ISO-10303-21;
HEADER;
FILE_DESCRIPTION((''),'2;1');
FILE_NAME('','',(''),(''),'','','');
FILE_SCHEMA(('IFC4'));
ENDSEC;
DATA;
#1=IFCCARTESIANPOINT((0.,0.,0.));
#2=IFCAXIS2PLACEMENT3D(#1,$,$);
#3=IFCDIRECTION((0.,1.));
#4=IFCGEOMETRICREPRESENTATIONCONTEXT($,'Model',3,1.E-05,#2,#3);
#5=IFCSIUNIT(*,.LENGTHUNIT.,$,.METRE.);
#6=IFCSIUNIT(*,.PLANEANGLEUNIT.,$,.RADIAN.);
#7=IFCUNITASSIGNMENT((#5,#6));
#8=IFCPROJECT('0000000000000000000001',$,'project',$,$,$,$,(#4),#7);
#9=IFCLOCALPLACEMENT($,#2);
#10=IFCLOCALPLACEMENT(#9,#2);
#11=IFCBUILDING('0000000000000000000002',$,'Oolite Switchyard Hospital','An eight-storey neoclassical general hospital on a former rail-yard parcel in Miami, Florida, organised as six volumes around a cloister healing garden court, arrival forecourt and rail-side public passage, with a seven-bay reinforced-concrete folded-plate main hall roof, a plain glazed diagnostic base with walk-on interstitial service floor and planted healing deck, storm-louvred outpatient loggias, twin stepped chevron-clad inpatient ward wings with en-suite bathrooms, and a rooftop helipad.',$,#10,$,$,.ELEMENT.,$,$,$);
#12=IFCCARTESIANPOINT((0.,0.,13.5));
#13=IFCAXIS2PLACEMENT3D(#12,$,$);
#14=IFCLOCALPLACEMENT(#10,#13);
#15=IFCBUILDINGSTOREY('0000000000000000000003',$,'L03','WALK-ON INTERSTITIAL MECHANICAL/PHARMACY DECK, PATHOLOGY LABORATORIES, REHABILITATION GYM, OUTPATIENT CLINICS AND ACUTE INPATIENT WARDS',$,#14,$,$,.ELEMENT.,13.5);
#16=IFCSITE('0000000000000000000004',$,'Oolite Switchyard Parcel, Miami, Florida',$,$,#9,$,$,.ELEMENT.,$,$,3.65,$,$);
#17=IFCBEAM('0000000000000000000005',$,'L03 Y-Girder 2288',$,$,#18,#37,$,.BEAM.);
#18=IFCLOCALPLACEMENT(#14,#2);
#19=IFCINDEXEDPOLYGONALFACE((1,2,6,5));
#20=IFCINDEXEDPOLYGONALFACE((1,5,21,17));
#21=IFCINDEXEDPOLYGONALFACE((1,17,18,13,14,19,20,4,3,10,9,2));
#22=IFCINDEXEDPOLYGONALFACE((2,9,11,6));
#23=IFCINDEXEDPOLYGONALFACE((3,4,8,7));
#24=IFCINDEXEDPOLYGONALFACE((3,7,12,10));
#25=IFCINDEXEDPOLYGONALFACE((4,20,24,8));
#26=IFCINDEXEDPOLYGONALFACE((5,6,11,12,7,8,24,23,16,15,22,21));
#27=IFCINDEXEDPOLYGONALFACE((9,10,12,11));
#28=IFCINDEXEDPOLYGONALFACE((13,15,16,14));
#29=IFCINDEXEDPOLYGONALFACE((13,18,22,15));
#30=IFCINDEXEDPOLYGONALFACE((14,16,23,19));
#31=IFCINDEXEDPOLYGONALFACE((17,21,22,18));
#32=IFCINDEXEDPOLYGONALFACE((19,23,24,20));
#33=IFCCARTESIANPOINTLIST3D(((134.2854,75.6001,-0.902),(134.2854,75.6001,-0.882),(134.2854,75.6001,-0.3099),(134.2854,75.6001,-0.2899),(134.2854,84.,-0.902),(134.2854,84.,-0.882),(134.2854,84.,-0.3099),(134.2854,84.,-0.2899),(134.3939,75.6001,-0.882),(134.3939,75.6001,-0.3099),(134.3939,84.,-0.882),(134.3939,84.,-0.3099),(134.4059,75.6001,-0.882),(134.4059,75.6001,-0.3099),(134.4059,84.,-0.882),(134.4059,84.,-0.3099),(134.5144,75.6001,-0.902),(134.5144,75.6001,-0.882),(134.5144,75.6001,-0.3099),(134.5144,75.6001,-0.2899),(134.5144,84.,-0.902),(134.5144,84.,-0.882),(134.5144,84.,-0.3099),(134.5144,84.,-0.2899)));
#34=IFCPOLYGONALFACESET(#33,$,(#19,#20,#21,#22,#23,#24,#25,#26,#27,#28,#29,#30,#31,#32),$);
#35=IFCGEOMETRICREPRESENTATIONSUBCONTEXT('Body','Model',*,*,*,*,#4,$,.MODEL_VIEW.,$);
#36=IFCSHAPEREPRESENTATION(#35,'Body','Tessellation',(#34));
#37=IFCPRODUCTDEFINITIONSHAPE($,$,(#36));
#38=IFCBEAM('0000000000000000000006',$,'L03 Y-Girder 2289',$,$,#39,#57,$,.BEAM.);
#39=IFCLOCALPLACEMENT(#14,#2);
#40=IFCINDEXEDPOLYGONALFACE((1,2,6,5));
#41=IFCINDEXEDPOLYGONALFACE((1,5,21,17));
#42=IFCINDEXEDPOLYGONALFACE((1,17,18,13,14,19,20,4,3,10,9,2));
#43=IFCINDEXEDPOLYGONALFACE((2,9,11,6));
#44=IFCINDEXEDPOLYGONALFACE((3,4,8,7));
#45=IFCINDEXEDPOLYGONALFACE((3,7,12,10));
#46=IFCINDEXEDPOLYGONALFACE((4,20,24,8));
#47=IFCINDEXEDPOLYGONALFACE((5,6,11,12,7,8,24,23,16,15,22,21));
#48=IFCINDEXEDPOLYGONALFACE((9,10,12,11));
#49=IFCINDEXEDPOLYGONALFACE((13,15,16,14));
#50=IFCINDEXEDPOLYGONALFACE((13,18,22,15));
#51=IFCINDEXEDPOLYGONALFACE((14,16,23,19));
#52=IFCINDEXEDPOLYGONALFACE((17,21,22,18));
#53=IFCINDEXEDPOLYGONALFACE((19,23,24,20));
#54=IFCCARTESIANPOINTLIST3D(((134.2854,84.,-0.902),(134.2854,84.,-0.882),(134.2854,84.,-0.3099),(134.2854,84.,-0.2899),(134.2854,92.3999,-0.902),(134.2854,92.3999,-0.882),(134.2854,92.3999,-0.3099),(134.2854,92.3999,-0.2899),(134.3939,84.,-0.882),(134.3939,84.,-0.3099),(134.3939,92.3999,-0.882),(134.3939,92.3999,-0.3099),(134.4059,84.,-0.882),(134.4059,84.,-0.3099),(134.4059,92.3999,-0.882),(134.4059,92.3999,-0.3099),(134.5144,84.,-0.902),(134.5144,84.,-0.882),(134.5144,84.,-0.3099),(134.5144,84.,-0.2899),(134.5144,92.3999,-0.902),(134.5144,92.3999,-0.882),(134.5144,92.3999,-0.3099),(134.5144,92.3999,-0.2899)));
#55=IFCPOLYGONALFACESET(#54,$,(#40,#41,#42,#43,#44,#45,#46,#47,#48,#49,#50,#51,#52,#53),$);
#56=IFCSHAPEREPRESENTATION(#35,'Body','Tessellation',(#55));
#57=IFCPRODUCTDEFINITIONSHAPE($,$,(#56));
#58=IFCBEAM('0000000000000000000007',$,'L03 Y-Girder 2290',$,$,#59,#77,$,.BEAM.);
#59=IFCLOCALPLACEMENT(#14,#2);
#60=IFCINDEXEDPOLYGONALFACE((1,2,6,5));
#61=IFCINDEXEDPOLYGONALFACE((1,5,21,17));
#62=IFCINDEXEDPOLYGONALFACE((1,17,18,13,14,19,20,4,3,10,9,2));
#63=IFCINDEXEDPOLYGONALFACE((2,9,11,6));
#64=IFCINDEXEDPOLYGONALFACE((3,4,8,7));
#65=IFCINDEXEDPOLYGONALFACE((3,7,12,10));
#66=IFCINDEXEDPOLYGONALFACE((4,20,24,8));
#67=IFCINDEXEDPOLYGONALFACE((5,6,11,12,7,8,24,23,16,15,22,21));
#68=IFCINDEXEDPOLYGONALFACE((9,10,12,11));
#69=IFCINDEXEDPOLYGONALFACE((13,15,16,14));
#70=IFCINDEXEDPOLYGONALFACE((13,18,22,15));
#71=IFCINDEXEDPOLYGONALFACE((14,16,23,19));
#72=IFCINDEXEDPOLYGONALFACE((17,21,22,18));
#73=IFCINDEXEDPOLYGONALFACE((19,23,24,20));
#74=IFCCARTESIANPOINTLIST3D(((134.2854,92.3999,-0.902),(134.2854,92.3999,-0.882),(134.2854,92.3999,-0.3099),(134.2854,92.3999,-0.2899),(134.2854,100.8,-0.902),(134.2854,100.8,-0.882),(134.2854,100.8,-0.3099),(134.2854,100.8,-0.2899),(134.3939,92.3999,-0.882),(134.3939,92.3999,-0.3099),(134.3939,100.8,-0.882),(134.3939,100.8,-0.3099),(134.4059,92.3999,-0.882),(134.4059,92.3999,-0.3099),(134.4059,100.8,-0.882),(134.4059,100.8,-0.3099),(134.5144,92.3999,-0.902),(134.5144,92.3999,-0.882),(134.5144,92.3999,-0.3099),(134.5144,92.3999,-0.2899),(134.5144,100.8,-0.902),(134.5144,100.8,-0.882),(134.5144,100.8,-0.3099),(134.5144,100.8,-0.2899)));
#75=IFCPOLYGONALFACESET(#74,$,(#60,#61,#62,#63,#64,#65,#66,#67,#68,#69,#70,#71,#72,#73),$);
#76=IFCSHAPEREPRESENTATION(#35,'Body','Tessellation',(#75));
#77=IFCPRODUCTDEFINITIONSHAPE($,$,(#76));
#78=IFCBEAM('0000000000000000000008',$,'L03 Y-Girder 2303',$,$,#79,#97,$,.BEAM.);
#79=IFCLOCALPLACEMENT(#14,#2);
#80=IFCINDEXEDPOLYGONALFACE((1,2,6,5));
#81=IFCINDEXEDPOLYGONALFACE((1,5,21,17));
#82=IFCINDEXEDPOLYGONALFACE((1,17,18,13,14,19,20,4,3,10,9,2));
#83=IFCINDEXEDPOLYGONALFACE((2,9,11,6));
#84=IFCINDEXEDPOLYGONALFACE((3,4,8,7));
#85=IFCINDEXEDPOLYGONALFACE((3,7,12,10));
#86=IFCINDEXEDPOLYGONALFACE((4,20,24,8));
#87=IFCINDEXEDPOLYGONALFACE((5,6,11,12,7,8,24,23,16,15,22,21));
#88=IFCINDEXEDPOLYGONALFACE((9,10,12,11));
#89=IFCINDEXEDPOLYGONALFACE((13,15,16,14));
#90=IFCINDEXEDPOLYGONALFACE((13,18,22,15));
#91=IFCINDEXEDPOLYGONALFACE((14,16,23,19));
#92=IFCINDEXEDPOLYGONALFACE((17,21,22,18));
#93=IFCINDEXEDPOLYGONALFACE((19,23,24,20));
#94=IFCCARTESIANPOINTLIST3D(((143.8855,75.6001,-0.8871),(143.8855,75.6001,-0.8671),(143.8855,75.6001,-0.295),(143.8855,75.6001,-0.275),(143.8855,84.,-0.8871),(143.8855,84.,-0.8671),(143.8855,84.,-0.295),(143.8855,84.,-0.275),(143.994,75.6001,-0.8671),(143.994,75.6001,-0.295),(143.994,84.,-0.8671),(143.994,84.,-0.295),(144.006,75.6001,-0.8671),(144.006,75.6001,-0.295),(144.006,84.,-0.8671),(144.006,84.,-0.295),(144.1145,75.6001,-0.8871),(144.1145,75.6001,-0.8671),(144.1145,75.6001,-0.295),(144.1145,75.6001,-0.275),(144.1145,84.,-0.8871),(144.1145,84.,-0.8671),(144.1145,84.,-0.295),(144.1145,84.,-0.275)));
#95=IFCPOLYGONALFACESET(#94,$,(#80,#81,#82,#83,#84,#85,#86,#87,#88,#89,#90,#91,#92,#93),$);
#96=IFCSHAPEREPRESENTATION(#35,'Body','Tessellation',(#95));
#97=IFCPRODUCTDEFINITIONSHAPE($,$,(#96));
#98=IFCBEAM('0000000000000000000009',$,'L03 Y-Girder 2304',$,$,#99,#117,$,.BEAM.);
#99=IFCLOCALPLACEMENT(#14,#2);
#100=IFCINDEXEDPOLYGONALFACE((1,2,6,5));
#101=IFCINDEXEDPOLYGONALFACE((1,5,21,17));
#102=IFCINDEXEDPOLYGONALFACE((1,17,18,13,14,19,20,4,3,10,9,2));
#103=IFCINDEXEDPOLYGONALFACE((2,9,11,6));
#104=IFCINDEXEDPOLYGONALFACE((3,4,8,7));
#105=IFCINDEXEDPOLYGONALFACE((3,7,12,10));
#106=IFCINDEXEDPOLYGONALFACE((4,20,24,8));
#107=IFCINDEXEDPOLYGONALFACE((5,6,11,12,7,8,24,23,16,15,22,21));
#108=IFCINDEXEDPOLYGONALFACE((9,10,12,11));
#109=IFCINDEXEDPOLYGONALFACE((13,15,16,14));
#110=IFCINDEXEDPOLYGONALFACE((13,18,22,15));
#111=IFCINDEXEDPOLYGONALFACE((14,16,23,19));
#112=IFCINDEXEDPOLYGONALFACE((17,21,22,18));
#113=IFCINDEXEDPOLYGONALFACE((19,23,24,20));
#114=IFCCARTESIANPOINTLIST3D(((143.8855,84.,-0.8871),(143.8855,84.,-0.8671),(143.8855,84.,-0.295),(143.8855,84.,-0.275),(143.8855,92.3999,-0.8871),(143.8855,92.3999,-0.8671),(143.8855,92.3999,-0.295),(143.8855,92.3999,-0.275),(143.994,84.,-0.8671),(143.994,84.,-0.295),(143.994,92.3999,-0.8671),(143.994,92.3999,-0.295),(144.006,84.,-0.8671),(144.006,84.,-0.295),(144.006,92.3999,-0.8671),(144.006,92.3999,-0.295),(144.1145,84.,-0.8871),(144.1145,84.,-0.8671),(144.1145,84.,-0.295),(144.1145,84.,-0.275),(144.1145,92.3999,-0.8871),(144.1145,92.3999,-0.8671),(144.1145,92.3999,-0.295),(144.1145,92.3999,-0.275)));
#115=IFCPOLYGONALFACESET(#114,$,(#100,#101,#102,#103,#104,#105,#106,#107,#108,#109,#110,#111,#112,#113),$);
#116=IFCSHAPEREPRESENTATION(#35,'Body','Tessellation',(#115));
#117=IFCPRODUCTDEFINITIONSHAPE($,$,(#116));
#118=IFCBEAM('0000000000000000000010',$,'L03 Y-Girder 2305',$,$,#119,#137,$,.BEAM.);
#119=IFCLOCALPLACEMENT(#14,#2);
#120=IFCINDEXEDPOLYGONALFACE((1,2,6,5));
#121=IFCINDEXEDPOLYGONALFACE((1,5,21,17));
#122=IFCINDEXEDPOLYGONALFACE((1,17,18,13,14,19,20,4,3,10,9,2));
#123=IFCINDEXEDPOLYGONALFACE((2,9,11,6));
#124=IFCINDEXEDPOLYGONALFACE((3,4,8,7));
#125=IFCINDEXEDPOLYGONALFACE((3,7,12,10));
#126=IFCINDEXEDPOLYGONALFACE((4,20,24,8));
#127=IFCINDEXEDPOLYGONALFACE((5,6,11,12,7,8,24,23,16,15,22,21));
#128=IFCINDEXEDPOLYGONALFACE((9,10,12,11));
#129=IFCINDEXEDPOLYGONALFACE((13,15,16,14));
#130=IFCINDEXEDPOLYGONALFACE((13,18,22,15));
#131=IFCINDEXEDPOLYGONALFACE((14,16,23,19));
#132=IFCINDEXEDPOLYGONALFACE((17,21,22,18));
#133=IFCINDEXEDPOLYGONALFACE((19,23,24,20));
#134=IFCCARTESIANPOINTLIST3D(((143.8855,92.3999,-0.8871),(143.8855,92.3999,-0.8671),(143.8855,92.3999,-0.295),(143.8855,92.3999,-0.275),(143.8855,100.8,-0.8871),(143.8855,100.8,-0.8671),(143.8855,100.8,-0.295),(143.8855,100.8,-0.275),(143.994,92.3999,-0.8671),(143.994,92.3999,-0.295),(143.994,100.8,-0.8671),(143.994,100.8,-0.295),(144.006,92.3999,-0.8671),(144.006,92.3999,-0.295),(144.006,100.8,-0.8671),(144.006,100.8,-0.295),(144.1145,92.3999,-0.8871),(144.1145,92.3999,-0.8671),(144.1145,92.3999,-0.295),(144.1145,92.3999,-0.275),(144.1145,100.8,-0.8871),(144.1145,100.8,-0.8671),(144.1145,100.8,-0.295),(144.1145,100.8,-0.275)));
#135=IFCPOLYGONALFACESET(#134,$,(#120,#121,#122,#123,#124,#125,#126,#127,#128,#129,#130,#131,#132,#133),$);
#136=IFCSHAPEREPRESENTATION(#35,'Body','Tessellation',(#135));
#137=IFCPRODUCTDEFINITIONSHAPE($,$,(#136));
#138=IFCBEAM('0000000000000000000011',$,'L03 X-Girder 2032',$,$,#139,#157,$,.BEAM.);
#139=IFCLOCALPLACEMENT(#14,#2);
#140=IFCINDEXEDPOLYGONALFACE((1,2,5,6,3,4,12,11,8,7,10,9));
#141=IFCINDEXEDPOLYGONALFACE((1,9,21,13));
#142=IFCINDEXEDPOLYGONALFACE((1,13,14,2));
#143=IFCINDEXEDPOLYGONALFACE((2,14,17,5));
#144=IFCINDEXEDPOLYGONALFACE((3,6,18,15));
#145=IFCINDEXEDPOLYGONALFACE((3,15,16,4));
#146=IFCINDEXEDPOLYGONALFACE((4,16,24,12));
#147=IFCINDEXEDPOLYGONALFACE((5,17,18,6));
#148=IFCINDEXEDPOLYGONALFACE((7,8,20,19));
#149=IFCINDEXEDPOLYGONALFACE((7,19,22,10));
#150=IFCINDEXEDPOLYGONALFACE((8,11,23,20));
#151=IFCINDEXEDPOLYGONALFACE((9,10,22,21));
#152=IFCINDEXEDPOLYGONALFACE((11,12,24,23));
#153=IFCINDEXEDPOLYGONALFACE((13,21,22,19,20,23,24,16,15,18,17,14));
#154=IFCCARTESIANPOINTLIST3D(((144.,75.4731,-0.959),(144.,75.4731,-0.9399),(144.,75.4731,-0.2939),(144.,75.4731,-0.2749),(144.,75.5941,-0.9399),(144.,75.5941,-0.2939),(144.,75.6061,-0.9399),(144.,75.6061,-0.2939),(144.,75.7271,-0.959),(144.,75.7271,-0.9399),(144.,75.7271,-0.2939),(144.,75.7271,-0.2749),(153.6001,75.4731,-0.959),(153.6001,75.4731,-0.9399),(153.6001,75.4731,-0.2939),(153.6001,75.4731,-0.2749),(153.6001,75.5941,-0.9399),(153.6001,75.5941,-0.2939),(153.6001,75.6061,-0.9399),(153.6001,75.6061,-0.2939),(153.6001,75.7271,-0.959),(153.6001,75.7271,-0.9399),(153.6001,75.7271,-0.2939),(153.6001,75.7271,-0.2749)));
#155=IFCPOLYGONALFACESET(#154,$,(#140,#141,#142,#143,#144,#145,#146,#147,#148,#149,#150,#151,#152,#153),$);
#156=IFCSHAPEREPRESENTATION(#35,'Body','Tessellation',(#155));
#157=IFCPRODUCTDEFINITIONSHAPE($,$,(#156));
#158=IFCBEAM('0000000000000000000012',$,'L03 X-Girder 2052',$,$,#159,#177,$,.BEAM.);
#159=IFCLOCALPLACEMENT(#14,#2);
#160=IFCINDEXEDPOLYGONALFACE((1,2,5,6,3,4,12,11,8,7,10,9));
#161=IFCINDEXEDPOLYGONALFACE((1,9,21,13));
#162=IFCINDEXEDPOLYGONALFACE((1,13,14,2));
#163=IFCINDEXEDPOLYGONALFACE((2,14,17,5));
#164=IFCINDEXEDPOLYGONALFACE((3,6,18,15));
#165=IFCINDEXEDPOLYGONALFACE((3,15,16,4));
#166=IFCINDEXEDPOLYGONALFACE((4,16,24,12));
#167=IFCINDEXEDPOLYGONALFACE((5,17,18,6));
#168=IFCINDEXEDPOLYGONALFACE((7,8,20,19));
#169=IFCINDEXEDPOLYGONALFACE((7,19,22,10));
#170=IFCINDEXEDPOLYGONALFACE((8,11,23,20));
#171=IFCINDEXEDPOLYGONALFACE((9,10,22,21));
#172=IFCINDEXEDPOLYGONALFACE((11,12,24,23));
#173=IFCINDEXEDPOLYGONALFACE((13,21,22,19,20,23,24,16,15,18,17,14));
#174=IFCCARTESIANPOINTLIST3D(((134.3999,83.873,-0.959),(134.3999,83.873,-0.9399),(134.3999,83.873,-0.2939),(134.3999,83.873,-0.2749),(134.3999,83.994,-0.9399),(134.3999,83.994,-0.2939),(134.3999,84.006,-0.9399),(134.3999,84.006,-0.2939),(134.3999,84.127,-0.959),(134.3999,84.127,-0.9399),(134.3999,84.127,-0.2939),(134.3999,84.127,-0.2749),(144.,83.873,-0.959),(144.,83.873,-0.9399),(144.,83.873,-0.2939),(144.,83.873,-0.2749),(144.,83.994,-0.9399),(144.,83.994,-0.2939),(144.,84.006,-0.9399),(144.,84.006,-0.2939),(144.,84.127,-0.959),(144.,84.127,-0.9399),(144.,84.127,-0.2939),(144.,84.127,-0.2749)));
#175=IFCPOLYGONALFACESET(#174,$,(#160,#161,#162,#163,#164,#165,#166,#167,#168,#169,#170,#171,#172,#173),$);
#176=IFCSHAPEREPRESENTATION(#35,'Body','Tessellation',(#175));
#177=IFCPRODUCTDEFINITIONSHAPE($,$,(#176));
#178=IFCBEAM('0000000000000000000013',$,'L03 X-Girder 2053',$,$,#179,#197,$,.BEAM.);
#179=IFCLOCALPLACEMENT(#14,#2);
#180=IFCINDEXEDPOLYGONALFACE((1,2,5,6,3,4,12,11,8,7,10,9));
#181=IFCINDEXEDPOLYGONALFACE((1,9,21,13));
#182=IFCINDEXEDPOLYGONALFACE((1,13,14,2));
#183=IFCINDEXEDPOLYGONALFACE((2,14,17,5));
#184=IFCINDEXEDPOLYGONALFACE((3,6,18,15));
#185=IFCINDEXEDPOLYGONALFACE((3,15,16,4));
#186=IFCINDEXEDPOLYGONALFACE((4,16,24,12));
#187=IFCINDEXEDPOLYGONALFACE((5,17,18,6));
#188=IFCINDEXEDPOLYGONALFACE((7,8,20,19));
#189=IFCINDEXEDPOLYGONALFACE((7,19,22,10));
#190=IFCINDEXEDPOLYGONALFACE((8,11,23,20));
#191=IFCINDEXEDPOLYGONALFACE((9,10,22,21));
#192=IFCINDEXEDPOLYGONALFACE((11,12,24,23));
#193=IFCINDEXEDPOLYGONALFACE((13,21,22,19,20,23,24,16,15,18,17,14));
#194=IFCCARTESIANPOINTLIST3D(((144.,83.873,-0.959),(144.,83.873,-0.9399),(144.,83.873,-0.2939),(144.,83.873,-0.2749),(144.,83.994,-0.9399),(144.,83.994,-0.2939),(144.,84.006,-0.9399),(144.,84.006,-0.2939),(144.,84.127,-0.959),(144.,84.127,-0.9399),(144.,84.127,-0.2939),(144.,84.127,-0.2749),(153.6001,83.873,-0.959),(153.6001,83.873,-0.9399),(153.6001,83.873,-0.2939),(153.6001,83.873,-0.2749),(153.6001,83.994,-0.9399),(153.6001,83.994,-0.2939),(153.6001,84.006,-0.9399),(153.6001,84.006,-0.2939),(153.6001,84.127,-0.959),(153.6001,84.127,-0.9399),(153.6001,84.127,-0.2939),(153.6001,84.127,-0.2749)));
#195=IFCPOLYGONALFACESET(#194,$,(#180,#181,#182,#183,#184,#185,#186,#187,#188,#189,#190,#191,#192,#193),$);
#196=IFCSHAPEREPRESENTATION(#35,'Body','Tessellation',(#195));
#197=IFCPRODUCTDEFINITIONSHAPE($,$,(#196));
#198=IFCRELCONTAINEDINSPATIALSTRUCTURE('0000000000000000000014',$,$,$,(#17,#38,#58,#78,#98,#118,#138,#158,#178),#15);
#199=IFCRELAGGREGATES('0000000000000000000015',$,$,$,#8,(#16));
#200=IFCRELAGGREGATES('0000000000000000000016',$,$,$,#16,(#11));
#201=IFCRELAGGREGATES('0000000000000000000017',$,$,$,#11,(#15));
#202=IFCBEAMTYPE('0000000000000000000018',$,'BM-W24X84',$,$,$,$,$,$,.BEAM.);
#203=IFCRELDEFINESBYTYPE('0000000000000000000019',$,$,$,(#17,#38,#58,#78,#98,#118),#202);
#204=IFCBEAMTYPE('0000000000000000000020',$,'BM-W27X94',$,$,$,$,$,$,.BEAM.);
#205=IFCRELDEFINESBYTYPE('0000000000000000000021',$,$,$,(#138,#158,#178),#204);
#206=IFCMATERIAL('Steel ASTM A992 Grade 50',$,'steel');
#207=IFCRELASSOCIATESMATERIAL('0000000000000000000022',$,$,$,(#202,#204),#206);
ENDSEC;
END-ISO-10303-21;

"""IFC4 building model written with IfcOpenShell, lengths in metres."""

from ifc_helpers import new_model, si_unit, direction, frame, origin, origin_2d, place, context, subcontext, project, spatial, i_section, extrude, material, material_profile, profile_set, type_object, element, save


model = new_model("IFC4")

# Units and contexts
model_context = context("Model", 3, precision=1e-05, world=origin(), true_north=direction((0.0, 1.0)))
body_context = subcontext(model_context, "Body", "Model", "MODEL_VIEW")
ifc_project = project(units=[si_unit("LENGTHUNIT", "METRE"), si_unit("PLANEANGLEUNIT", "RADIAN")], contexts=[model_context])

# Site, building, storey
site_placement = place(None, origin())
site = spatial("IfcSite", under=ifc_project, at=site_placement, Name="Oolite Switchyard Parcel, Miami, Florida", CompositionType="ELEMENT", RefElevation=3.65)
building_placement = place(site_placement, origin())
building = spatial("IfcBuilding", under=site, at=building_placement, Name="Oolite Switchyard Hospital", Description="An eight-storey neoclassical general hospital on a former rail-yard parcel in Miami, Florida, organised as six volumes around a cloister healing garden court, arrival forecourt and rail-side public passage, with a seven-bay reinforced-concrete folded-plate main hall roof, a plain glazed diagnostic base with walk-on interstitial service floor and planted healing deck, storm-louvred outpatient loggias, twin stepped chevron-clad inpatient ward wings with en-suite bathrooms, and a rooftop helipad.", CompositionType="ELEMENT")
storey_placement = place(building_placement, frame((0.0, 0.0, 13.5)))
storey = spatial("IfcBuildingStorey", under=building, at=storey_placement, Name="L03", Description="WALK-ON INTERSTITIAL MECHANICAL/PHARMACY DECK, PATHOLOGY LABORATORIES, REHABILITATION GYM, OUTPATIENT CLINICS AND ACUTE INPATIENT WARDS", CompositionType="ELEMENT", Elevation=13.5)

# Beams
ifc_material_1 = material(Name="Steel ASTM A992 Grade 50", Category="steel")
ifc_material_profile_1 = material_profile(ifc_material_1, i_section(OverallWidth=0.229, OverallDepth=0.6121, WebThickness=0.012, FlangeThickness=0.02, at=origin_2d()), Name="W24X84")
ifc_profile_set_1 = profile_set([ifc_material_profile_1], Name="Steel ASTM A992 Grade 50")
beam_type_1 = type_object("IfcBeamType", Name="BM-W24X84", PredefinedType="BEAM", material=ifc_profile_set_1)
for number, where, z_axis, x_axis, name in (
    (1, (134.3999, 75.6001, -0.5959), (0.0, 1.0, 0.0), (-1.0, 0.0, 0.0), "L03 Y-Girder 2288"),
    (2, (134.3999, 84.0, -0.5959), (0.0, 1.0, 0.0), (-1.0, 0.0, 0.0), "L03 Y-Girder 2289"),
):
    element("IfcBeam", number, at=place(storey_placement, frame(where, z_axis=z_axis, x_axis=x_axis)), inside=storey, type_object=beam_type_1, Name=name, PredefinedType="BEAM", context=body_context, shape_type="SweptSolid", body=[
        extrude(i_section(OverallWidth=0.229, OverallDepth=0.6121, WebThickness=0.012, FlangeThickness=0.02, at=origin_2d()), origin(), (0.0, 0.0, 1.0), 8.3999),
    ])
beam_1_placement = place(storey_placement, frame((134.3999, 92.3999, -0.5959), z_axis=(0.0, 1.0, 0.0), x_axis=(-1.0, 0.0, 0.0)))
element("IfcBeam", 3, at=beam_1_placement, inside=storey, type_object=beam_type_1, Name="L03 Y-Girder 2290", PredefinedType="BEAM", context=body_context, shape_type="SweptSolid", body=[
    extrude(i_section(OverallWidth=0.229, OverallDepth=0.6121, WebThickness=0.012, FlangeThickness=0.02, at=origin_2d()), origin(), (0.0, 0.0, 1.0), 8.4001),
])
for number, where, z_axis, x_axis, name in (
    (4, (144.0, 75.6001, -0.5811), (0.0, 1.0, 0.0), (-1.0, 0.0, 0.0), "L03 Y-Girder 2303"),
    (5, (144.0, 84.0, -0.5811), (0.0, 1.0, 0.0), (-1.0, 0.0, 0.0), "L03 Y-Girder 2304"),
):
    element("IfcBeam", number, at=place(storey_placement, frame(where, z_axis=z_axis, x_axis=x_axis)), inside=storey, type_object=beam_type_1, Name=name, PredefinedType="BEAM", context=body_context, shape_type="SweptSolid", body=[
        extrude(i_section(OverallWidth=0.229, OverallDepth=0.6121, WebThickness=0.012, FlangeThickness=0.02, at=origin_2d()), origin(), (0.0, 0.0, 1.0), 8.3999),
    ])
beam_2_placement = place(storey_placement, frame((144.0, 92.3999, -0.5811), z_axis=(0.0, 1.0, 0.0), x_axis=(-1.0, 0.0, 0.0)))
element("IfcBeam", 6, at=beam_2_placement, inside=storey, type_object=beam_type_1, Name="L03 Y-Girder 2305", PredefinedType="BEAM", context=body_context, shape_type="SweptSolid", body=[
    extrude(i_section(OverallWidth=0.229, OverallDepth=0.6121, WebThickness=0.012, FlangeThickness=0.02, at=origin_2d()), origin(), (0.0, 0.0, 1.0), 8.4001),
])
ifc_material_profile_2 = material_profile(ifc_material_1, i_section(OverallWidth=0.2539, OverallDepth=0.6841, WebThickness=0.012, FlangeThickness=0.019, at=origin_2d()), Name="W27X94")
ifc_profile_set_2 = profile_set([ifc_material_profile_2], Name="Steel ASTM A992 Grade 50")
beam_type_2 = type_object("IfcBeamType", Name="BM-W27X94", PredefinedType="BEAM", material=ifc_profile_set_2)
for number, where, z_axis, x_axis, name in (
    (7, (144.0, 75.6001, -0.6169), (1.0, 0.0, 0.0), (0.0, 1.0, 0.0), "L03 X-Girder 2032"),
    (8, (134.3999, 84.0, -0.6169), (1.0, 0.0, 0.0), (0.0, 1.0, 0.0), "L03 X-Girder 2052"),
    (9, (144.0, 84.0, -0.6169), (1.0, 0.0, 0.0), (0.0, 1.0, 0.0), "L03 X-Girder 2053"),
):
    element("IfcBeam", number, at=place(storey_placement, frame(where, z_axis=z_axis, x_axis=x_axis)), inside=storey, type_object=beam_type_2, Name=name, PredefinedType="BEAM", context=body_context, shape_type="SweptSolid", body=[
        extrude(i_section(OverallWidth=0.2539, OverallDepth=0.6841, WebThickness=0.012, FlangeThickness=0.019, at=origin_2d()), origin(), (0.0, 0.0, 1.0), 9.6001),
    ])

save(model, "model.ifc")
